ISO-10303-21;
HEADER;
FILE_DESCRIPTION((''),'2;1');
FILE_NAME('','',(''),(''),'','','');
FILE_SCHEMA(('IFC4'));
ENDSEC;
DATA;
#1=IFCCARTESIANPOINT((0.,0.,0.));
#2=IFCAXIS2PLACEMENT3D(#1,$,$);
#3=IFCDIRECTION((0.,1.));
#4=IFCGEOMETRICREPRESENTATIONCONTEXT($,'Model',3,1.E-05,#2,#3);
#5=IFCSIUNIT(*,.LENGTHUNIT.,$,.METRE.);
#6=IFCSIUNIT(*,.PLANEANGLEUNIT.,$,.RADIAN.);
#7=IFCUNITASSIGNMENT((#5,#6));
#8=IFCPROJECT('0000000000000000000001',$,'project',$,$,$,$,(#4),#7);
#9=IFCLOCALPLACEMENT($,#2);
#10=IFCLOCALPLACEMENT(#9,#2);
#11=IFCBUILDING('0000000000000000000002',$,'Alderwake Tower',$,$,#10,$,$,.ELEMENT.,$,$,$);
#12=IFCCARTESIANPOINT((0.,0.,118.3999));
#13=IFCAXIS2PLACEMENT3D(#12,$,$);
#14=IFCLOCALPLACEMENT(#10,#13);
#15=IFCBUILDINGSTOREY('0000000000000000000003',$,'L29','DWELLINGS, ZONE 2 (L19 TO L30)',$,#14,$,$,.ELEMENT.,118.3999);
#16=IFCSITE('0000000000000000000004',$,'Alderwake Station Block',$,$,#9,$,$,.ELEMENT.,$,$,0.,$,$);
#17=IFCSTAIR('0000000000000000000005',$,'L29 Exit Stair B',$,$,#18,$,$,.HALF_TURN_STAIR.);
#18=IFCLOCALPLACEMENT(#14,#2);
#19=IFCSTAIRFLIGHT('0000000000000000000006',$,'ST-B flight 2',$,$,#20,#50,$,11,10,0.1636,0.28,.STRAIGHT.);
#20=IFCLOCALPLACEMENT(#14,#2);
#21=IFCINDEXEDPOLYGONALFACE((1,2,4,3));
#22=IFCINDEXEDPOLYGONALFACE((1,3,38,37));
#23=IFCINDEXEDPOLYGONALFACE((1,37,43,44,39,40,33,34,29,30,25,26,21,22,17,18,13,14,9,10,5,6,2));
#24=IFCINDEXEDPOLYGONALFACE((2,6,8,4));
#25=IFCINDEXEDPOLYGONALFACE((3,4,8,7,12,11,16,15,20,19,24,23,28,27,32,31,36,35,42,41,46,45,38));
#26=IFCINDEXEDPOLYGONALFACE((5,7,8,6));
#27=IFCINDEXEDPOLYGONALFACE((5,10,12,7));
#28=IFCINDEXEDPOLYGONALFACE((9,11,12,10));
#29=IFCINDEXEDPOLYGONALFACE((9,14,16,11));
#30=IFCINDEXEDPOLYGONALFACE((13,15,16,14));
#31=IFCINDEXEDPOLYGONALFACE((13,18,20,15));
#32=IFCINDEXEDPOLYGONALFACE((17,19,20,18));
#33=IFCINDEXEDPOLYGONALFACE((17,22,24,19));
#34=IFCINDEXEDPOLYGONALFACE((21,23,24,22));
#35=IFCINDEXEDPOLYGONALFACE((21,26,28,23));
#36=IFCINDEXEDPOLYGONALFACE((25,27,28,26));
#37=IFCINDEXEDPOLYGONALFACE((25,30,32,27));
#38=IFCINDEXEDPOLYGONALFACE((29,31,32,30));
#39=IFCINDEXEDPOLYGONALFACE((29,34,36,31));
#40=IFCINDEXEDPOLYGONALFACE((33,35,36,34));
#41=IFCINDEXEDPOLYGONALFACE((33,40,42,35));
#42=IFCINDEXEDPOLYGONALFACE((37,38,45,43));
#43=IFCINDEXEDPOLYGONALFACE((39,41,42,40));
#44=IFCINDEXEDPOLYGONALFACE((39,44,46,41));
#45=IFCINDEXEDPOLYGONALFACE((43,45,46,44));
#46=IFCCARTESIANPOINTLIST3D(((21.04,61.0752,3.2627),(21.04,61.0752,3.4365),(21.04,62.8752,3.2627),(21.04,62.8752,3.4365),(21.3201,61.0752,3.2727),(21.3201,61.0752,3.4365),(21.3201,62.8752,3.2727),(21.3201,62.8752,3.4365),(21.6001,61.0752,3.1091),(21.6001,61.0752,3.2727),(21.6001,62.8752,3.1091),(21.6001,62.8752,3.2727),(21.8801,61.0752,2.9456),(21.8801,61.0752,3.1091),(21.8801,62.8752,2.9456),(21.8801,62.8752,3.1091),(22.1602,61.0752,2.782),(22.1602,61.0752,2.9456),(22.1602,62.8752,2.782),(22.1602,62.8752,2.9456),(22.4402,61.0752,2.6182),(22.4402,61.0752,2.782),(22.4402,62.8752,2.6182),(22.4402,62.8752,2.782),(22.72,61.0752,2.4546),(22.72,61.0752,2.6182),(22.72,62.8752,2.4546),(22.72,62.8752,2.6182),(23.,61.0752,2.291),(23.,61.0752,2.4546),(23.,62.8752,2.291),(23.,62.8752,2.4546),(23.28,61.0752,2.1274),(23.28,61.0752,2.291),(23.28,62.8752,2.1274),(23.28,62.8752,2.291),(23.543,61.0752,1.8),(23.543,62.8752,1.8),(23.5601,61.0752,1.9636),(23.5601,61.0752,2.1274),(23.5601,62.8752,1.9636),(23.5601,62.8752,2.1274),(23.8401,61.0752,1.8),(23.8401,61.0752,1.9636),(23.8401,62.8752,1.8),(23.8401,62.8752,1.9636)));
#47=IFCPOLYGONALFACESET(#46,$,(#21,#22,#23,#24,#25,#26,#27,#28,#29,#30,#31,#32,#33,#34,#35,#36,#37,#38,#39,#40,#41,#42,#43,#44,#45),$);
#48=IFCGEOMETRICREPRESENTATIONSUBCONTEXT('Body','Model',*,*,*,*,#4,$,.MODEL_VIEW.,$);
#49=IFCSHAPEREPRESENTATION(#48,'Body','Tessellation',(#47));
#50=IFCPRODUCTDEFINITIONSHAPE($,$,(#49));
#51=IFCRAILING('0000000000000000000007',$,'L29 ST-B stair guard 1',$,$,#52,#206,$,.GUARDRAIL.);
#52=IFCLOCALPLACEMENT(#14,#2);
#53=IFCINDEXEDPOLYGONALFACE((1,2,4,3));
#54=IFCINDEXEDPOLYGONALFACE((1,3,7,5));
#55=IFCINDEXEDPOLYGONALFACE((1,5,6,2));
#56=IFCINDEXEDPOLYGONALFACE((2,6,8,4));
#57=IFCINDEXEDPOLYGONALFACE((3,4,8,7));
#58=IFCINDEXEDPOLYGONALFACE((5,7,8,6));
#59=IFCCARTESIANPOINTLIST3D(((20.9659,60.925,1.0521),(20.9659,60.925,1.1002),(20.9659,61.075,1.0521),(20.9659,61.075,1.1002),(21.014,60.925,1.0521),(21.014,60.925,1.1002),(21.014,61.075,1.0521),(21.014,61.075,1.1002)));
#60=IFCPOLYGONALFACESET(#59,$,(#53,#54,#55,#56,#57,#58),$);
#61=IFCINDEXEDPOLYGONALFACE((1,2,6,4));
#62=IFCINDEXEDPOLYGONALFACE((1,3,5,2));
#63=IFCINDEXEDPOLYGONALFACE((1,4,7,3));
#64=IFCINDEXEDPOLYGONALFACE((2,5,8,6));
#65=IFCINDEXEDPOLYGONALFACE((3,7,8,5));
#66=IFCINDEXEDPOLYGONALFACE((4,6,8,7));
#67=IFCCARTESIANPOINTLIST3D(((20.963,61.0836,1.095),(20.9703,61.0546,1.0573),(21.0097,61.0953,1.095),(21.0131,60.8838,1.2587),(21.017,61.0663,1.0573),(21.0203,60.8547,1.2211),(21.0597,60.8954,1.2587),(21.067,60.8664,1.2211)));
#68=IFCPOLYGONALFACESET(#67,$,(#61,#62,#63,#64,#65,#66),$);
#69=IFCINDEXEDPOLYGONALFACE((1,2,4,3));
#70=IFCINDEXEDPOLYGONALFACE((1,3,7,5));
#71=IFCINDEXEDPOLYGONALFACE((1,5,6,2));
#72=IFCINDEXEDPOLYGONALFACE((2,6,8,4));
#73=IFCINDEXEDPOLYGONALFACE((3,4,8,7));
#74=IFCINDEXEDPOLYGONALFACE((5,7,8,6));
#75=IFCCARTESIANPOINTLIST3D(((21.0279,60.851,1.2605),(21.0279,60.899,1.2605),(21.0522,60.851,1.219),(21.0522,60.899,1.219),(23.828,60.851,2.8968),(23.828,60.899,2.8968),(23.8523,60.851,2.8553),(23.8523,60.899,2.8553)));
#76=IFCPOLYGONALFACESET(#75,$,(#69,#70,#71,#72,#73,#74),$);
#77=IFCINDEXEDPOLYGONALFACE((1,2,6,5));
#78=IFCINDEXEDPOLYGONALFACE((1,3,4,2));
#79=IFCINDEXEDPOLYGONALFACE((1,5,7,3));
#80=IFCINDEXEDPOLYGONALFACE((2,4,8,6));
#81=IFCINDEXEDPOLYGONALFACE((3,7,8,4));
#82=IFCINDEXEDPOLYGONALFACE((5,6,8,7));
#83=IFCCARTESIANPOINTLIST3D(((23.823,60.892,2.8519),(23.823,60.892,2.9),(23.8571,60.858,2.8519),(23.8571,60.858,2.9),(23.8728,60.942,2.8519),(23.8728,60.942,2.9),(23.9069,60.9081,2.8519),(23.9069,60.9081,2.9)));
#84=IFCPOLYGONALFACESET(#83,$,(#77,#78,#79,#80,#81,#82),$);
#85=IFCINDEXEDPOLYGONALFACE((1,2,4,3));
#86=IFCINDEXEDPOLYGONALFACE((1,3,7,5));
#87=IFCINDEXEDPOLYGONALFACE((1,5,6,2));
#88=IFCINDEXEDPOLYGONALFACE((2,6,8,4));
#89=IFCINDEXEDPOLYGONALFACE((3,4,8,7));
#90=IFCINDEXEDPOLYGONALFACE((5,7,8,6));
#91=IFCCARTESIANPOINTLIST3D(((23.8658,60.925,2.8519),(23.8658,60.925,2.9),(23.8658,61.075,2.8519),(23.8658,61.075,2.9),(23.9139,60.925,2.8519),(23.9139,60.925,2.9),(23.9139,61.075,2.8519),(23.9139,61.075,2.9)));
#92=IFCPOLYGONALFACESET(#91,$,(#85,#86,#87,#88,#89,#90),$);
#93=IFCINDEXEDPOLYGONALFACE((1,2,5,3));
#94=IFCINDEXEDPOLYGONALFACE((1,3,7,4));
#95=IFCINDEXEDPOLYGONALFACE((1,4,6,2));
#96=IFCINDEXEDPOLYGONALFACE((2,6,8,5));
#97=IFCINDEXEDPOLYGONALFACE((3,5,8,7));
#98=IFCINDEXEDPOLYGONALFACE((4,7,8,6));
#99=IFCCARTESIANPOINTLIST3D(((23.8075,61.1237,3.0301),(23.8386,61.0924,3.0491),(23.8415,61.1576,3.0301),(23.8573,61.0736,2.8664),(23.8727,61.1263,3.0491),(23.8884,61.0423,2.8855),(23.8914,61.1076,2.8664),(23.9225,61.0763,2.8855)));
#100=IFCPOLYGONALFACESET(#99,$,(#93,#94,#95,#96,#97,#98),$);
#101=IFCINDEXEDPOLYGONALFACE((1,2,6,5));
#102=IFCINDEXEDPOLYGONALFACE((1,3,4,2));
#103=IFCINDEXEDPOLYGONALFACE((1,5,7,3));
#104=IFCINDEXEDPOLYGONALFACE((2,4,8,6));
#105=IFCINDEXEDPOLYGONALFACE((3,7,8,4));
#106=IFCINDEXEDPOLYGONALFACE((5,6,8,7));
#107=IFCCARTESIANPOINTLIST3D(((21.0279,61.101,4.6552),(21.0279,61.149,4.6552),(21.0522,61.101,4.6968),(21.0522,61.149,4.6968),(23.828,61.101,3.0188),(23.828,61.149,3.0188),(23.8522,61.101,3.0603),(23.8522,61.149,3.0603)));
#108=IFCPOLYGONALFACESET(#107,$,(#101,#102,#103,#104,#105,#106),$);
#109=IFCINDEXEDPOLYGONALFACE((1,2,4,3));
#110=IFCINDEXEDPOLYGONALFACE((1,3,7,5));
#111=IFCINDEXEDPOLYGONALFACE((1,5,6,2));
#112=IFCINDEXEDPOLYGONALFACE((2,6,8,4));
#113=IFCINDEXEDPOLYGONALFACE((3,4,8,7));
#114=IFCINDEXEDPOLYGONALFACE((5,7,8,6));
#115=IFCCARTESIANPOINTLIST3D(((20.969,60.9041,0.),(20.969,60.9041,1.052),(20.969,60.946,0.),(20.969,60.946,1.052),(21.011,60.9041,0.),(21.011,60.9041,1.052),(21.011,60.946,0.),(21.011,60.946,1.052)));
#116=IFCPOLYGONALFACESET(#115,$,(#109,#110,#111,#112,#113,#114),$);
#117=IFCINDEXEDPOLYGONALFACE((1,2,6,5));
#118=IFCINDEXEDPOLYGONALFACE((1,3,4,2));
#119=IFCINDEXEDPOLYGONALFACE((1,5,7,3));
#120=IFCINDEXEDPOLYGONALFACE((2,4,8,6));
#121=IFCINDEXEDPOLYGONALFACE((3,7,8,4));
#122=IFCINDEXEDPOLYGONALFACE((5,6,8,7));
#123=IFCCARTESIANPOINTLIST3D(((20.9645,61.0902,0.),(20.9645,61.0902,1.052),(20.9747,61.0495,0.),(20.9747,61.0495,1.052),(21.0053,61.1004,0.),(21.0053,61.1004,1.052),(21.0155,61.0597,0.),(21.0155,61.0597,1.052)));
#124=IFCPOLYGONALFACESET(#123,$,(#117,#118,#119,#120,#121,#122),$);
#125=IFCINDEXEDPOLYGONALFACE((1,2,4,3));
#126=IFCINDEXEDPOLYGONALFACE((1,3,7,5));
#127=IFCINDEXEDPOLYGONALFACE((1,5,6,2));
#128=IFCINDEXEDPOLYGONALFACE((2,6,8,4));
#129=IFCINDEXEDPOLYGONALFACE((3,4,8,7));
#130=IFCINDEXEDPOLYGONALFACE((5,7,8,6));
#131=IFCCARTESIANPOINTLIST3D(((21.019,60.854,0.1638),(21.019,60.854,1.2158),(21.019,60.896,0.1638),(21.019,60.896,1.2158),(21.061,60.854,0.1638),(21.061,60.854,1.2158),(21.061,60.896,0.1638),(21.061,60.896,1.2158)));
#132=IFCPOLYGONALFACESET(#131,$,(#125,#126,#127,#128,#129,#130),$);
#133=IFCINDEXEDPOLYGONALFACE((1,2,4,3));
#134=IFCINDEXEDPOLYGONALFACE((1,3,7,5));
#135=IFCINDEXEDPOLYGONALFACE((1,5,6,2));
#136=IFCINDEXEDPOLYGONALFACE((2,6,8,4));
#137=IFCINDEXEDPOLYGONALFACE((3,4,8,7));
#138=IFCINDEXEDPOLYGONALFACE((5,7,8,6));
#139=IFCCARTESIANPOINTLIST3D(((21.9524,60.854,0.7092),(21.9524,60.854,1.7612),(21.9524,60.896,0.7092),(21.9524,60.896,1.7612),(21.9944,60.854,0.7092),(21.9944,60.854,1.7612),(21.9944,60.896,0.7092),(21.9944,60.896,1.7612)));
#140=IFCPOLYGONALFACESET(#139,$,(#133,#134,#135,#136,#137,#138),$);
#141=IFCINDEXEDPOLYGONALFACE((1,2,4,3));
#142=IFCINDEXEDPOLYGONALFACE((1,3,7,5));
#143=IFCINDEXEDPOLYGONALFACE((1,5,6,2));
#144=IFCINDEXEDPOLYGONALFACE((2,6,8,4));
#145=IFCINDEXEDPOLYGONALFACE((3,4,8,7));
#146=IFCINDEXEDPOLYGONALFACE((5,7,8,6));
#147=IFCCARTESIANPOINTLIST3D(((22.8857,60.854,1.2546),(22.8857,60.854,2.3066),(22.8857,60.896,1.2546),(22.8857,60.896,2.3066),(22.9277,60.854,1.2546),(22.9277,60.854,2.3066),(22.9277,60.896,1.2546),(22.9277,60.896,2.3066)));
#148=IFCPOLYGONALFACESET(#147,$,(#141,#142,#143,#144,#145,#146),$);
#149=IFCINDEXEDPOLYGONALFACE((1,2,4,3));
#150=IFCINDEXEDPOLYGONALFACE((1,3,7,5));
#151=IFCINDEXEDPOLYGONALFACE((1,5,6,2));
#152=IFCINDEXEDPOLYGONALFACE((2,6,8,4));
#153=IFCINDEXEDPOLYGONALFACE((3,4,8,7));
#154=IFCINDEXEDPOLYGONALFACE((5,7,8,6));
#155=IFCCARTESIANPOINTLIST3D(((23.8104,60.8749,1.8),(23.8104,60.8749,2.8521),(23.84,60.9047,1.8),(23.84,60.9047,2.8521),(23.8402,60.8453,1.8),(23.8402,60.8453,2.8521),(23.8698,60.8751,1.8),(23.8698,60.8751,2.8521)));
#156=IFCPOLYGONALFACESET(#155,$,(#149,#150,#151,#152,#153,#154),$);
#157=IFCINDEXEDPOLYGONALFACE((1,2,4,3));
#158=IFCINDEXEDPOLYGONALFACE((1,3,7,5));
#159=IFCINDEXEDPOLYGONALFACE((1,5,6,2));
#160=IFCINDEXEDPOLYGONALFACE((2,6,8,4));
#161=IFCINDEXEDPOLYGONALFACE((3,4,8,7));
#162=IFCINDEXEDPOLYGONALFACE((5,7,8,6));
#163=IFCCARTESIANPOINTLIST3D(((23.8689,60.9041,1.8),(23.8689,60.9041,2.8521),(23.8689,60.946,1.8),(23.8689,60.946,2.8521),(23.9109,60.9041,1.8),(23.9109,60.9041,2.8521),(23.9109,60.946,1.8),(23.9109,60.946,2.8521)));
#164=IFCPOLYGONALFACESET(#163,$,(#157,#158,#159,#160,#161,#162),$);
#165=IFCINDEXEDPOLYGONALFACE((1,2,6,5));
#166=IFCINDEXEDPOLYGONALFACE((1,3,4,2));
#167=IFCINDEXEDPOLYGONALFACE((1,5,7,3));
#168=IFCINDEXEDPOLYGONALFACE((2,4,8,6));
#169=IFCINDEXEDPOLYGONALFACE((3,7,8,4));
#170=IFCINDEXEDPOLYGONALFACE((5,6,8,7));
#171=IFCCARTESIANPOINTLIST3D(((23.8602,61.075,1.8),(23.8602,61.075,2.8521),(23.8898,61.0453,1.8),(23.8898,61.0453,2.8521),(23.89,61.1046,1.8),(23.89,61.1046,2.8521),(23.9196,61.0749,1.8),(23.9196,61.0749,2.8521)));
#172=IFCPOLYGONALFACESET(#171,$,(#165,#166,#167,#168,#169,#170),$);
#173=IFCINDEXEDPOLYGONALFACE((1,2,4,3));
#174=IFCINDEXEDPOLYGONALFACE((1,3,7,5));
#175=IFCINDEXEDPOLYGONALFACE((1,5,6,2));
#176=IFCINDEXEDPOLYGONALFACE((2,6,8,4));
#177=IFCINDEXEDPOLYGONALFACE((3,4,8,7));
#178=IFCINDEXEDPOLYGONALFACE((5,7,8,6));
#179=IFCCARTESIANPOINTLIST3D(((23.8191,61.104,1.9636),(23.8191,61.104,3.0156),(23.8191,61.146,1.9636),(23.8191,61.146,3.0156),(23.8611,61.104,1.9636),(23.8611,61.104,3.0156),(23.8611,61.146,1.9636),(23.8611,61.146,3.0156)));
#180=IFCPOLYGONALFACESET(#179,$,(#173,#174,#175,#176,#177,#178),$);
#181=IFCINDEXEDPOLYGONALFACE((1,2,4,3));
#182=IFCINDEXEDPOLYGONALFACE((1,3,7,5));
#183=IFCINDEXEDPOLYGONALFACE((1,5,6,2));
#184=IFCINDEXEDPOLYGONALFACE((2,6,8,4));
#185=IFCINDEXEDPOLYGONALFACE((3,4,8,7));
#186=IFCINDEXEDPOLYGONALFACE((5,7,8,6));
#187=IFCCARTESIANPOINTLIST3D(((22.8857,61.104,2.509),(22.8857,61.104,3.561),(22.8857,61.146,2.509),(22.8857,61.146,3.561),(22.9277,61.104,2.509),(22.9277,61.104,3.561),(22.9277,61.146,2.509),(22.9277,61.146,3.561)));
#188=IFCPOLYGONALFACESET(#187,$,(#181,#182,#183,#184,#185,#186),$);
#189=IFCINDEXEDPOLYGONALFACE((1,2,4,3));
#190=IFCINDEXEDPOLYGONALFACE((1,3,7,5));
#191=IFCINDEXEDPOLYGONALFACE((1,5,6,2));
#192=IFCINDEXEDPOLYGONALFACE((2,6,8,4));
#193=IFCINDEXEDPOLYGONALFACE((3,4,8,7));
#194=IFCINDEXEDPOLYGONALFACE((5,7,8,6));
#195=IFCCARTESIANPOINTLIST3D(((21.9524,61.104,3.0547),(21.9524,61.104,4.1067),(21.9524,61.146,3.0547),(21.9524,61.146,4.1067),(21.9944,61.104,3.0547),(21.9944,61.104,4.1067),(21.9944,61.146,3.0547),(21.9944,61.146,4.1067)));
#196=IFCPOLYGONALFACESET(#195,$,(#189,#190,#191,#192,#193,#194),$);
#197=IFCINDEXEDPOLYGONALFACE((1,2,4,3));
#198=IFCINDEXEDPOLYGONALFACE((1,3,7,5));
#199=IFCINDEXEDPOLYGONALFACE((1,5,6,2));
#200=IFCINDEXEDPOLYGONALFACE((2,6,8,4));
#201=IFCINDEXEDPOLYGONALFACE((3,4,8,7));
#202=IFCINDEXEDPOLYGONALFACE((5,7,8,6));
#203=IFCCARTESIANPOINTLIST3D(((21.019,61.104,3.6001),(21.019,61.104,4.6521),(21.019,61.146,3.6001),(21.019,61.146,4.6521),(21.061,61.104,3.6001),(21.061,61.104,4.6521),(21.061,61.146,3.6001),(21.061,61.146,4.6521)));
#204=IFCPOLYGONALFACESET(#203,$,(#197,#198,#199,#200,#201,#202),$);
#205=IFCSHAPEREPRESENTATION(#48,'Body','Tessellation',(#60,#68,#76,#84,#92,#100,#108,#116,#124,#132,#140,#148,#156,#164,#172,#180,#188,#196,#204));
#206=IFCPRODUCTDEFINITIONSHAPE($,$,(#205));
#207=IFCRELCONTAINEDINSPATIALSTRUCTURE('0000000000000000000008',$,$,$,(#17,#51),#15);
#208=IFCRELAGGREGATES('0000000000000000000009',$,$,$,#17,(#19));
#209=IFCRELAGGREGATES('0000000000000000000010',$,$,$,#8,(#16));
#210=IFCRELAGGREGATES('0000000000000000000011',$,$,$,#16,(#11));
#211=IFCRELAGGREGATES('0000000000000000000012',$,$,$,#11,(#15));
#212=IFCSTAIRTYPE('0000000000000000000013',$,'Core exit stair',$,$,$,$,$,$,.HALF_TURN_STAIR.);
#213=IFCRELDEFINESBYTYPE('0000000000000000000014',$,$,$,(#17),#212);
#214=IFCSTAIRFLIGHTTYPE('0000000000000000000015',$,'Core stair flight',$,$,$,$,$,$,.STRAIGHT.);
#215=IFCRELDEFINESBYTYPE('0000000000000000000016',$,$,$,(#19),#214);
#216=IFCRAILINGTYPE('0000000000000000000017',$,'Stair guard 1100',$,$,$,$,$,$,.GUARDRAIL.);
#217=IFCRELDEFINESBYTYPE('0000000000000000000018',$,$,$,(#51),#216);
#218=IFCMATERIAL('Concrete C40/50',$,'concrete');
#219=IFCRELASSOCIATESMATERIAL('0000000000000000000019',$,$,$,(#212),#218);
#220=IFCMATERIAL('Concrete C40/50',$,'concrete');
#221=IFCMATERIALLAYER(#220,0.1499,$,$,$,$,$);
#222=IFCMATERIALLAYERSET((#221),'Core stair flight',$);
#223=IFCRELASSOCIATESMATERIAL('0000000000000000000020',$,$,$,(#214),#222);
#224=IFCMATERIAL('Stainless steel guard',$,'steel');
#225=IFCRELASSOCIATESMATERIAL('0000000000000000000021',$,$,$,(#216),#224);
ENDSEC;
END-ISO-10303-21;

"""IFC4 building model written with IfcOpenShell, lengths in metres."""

from ifc_helpers import new_model, si_unit, direction, frame, origin, origin_2d, place, context, subcontext, project, spatial, polyline, rectangle, outline, extrude, material, layer, layer_set, type_object, element, aggregate, save


model = new_model("IFC4")

# Units and contexts
model_context = context("Model", 3, precision=1e-05, world=origin(), true_north=direction((0.0, 1.0)))
body_context = subcontext(model_context, "Body", "Model", "MODEL_VIEW")
ifc_project = project(units=[si_unit("LENGTHUNIT", "METRE"), si_unit("PLANEANGLEUNIT", "RADIAN")], contexts=[model_context])

# Site, building, storey
site_placement = place(None, origin())
site = spatial("IfcSite", under=ifc_project, at=site_placement, Name="Alderwake Station Block", CompositionType="ELEMENT", RefElevation=0.0)
building_placement = place(site_placement, origin())
building = spatial("IfcBuilding", under=site, at=building_placement, Name="Alderwake Tower", CompositionType="ELEMENT")
storey_placement = place(building_placement, frame((0.0, 0.0, 118.3999)))
storey = spatial("IfcBuildingStorey", under=building, at=storey_placement, Name="L29", Description="DWELLINGS, ZONE 2 (L19 TO L30)", CompositionType="ELEMENT", Elevation=118.3999)

# Stair, stair flight
ifc_material_1 = material(Name="Concrete C40/50", Category="concrete")
stair_type = type_object("IfcStairType", Name="Core exit stair", PredefinedType="HALF_TURN_STAIR", material=ifc_material_1)
stair_placement = place(storey_placement, origin())
stair = element("IfcStair", 1, at=stair_placement, inside=storey, type_object=stair_type, Name="L29 Exit Stair B", PredefinedType="HALF_TURN_STAIR")
ifc_material_2 = material(Name="Concrete C40/50", Category="concrete")
ifc_layer_1 = layer(ifc_material_2, 0.1499)
ifc_layer_set_1 = layer_set([ifc_layer_1], Name="Core stair flight")
stair_flight_type = type_object("IfcStairFlightType", Name="Core stair flight", PredefinedType="STRAIGHT", material=ifc_layer_set_1)
stair_flight_1_placement = place(storey_placement, frame((23.8401, 61.9751, 1.8), z_axis=(0.0, 0.0, 1.0), x_axis=(-1.0, 0.0, 0.0)))
stair_flight_1 = element("IfcStairFlight", 2, at=stair_flight_1_placement, type_object=stair_flight_type, Name="ST-B flight 2", NumberOfRisers=11, NumberOfTreads=10, PredefinedType="STRAIGHT", RiserHeight=0.1636, TreadLength=0.28, context=body_context, shape_type="SweptSolid", body=[
    extrude(outline(polyline([(0.0, 0.0), (0.0, 0.1636), (0.28, 0.1636), (0.28, 0.3274), (0.5601, 0.3274), (0.5601, 0.491), (0.8401, 0.491), (0.8401, 0.6545), (1.1201, 0.6545), (1.1201, 0.8181), (1.3999, 0.8181), (1.3999, 0.9819), (1.6799, 0.9819), (1.6799, 1.1455), (1.96, 1.1455), (1.96, 1.3091), (2.24, 1.3091), (2.24, 1.4727), (2.52, 1.4727), (2.52, 1.6365), (2.8, 1.6365), (2.8, 1.8), (2.8, 1.4626), (0.2971, 0.0), (0.0, 0.0)])), frame((0.0, 0.8999, 0.0), z_axis=(0.0, -1.0, 0.0), x_axis=(1.0, 0.0, 0.0)), (0.0, 0.0, 1.0), 1.8),
])
aggregate(stair, [stair_flight_1])

# Railing
ifc_material_3 = material(Name="Stainless steel guard", Category="steel")
railing_type_1 = type_object("IfcRailingType", Name="Stair guard 1100", PredefinedType="GUARDRAIL", material=ifc_material_3)
railing_1_placement = place(storey_placement, frame((20.99, 60.925, 0.0)))
element("IfcRailing", 3, at=railing_1_placement, inside=storey, type_object=railing_type_1, Name="L29 ST-B stair guard 1", PredefinedType="GUARDRAIL", context=body_context, shape_type="SweptSolid", body=[
    extrude(rectangle(XDim=0.0481, YDim=0.0481, at=origin_2d()), frame((0.0, 0.0, 1.0762), z_axis=(0.0, 1.0, 0.0), x_axis=(-1.0, 0.0, 0.0)), (0.0, 0.0, 1.0), 0.1499),
    extrude(rectangle(XDim=0.0481, YDim=0.0481, at=origin_2d()), frame((0.0, 0.1499, 1.0762), z_axis=(0.19009, -0.759432, 0.622197), x_axis=(0.970073, 0.242814, 0.0)), (0.0, 0.0, 1.0), 0.2632),
    extrude(rectangle(XDim=0.0481, YDim=0.0481, at=origin_2d()), frame((0.05, -0.05, 1.2397), z_axis=(0.863394, 0.0, 0.504531), x_axis=(0.0, 1.0, 0.0)), (0.0, 0.0, 1.0), 3.2432),
    extrude(rectangle(XDim=0.0481, YDim=0.0481, at=origin_2d()), frame((2.8501, -0.05, 2.876), z_axis=(0.705376, 0.708834, 0.0), x_axis=(-0.708834, 0.705376, 0.0)), (0.0, 0.0, 1.0), 0.0706),
    extrude(rectangle(XDim=0.0481, YDim=0.0481, at=origin_2d()), frame((2.8999, 0.0, 2.876), z_axis=(0.0, 1.0, 0.0), x_axis=(-1.0, 0.0, 0.0)), (0.0, 0.0, 1.0), 0.1499),
    extrude(rectangle(XDim=0.0481, YDim=0.0481, at=origin_2d()), frame((2.8999, 0.1499, 2.876), z_axis=(-0.279546, 0.280917, 0.918118), x_axis=(-0.708834, -0.705376, 0.0)), (0.0, 0.0, 1.0), 0.1782),
    extrude(rectangle(XDim=0.0481, YDim=0.0481, at=origin_2d()), frame((2.8501, 0.2, 3.0396), z_axis=(-0.863361, 0.0, 0.504587), x_axis=(0.0, -1.0, 0.0)), (0.0, 0.0, 1.0), 3.2432),
    extrude(rectangle(XDim=0.042, YDim=0.042, at=origin_2d()), frame((0.0, 0.0, 0.0), z_axis=(0.0, 0.0, 1.0), x_axis=(0.0, 1.0, 0.0)), (0.0, 0.0, 1.0), 1.052),
    extrude(rectangle(XDim=0.042, YDim=0.042, at=origin_2d()), frame((0.0, 0.1499, 0.0), z_axis=(0.0, 0.0, 1.0), x_axis=(0.242814, -0.970073, 0.0)), (0.0, 0.0, 1.0), 1.052),
    extrude(rectangle(XDim=0.042, YDim=0.042, at=origin_2d()), frame((0.05, -0.05, 0.1638), z_axis=(0.0, 0.0, 1.0), x_axis=(1.0, 0.0, 0.0)), (0.0, 0.0, 1.0), 1.052),
    extrude(rectangle(XDim=0.042, YDim=0.042, at=origin_2d()), frame((0.9834, -0.05, 0.7092), z_axis=(0.0, 0.0, 1.0), x_axis=(1.0, 0.0, 0.0)), (0.0, 0.0, 1.0), 1.052),
    extrude(rectangle(XDim=0.042, YDim=0.042, at=origin_2d()), frame((1.9167, -0.05, 1.2546), z_axis=(0.0, 0.0, 1.0), x_axis=(1.0, 0.0, 0.0)), (0.0, 0.0, 1.0), 1.052),
    extrude(rectangle(XDim=0.042, YDim=0.042, at=origin_2d()), frame((2.8501, -0.05, 1.8), z_axis=(0.0, 0.0, 1.0), x_axis=(0.705376, 0.708834, 0.0)), (0.0, 0.0, 1.0), 1.052),
    extrude(rectangle(XDim=0.042, YDim=0.042, at=origin_2d()), frame((2.8999, 0.0, 1.8), z_axis=(0.0, 0.0, 1.0), x_axis=(0.0, 1.0, 0.0)), (0.0, 0.0, 1.0), 1.052),
    extrude(rectangle(XDim=0.042, YDim=0.042, at=origin_2d()), frame((2.8999, 0.1499, 1.8), z_axis=(0.0, 0.0, 1.0), x_axis=(-0.705376, 0.708834, 0.0)), (0.0, 0.0, 1.0), 1.052),
    extrude(rectangle(XDim=0.042, YDim=0.042, at=origin_2d()), frame((2.8501, 0.2, 1.9636), z_axis=(0.0, 0.0, 1.0), x_axis=(-1.0, 0.0, 0.0)), (0.0, 0.0, 1.0), 1.052),
    extrude(rectangle(XDim=0.042, YDim=0.042, at=origin_2d()), frame((1.9167, 0.2, 2.509), z_axis=(0.0, 0.0, 1.0), x_axis=(-1.0, 0.0, 0.0)), (0.0, 0.0, 1.0), 1.052),
    extrude(rectangle(XDim=0.042, YDim=0.042, at=origin_2d()), frame((0.9834, 0.2, 3.0547), z_axis=(0.0, 0.0, 1.0), x_axis=(-1.0, 0.0, 0.0)), (0.0, 0.0, 1.0), 1.052),
    extrude(rectangle(XDim=0.042, YDim=0.042, at=origin_2d()), frame((0.05, 0.2, 3.6001), z_axis=(0.0, 0.0, 1.0), x_axis=(-1.0, 0.0, 0.0)), (0.0, 0.0, 1.0), 1.052),
])

save(model, "model.ifc")
